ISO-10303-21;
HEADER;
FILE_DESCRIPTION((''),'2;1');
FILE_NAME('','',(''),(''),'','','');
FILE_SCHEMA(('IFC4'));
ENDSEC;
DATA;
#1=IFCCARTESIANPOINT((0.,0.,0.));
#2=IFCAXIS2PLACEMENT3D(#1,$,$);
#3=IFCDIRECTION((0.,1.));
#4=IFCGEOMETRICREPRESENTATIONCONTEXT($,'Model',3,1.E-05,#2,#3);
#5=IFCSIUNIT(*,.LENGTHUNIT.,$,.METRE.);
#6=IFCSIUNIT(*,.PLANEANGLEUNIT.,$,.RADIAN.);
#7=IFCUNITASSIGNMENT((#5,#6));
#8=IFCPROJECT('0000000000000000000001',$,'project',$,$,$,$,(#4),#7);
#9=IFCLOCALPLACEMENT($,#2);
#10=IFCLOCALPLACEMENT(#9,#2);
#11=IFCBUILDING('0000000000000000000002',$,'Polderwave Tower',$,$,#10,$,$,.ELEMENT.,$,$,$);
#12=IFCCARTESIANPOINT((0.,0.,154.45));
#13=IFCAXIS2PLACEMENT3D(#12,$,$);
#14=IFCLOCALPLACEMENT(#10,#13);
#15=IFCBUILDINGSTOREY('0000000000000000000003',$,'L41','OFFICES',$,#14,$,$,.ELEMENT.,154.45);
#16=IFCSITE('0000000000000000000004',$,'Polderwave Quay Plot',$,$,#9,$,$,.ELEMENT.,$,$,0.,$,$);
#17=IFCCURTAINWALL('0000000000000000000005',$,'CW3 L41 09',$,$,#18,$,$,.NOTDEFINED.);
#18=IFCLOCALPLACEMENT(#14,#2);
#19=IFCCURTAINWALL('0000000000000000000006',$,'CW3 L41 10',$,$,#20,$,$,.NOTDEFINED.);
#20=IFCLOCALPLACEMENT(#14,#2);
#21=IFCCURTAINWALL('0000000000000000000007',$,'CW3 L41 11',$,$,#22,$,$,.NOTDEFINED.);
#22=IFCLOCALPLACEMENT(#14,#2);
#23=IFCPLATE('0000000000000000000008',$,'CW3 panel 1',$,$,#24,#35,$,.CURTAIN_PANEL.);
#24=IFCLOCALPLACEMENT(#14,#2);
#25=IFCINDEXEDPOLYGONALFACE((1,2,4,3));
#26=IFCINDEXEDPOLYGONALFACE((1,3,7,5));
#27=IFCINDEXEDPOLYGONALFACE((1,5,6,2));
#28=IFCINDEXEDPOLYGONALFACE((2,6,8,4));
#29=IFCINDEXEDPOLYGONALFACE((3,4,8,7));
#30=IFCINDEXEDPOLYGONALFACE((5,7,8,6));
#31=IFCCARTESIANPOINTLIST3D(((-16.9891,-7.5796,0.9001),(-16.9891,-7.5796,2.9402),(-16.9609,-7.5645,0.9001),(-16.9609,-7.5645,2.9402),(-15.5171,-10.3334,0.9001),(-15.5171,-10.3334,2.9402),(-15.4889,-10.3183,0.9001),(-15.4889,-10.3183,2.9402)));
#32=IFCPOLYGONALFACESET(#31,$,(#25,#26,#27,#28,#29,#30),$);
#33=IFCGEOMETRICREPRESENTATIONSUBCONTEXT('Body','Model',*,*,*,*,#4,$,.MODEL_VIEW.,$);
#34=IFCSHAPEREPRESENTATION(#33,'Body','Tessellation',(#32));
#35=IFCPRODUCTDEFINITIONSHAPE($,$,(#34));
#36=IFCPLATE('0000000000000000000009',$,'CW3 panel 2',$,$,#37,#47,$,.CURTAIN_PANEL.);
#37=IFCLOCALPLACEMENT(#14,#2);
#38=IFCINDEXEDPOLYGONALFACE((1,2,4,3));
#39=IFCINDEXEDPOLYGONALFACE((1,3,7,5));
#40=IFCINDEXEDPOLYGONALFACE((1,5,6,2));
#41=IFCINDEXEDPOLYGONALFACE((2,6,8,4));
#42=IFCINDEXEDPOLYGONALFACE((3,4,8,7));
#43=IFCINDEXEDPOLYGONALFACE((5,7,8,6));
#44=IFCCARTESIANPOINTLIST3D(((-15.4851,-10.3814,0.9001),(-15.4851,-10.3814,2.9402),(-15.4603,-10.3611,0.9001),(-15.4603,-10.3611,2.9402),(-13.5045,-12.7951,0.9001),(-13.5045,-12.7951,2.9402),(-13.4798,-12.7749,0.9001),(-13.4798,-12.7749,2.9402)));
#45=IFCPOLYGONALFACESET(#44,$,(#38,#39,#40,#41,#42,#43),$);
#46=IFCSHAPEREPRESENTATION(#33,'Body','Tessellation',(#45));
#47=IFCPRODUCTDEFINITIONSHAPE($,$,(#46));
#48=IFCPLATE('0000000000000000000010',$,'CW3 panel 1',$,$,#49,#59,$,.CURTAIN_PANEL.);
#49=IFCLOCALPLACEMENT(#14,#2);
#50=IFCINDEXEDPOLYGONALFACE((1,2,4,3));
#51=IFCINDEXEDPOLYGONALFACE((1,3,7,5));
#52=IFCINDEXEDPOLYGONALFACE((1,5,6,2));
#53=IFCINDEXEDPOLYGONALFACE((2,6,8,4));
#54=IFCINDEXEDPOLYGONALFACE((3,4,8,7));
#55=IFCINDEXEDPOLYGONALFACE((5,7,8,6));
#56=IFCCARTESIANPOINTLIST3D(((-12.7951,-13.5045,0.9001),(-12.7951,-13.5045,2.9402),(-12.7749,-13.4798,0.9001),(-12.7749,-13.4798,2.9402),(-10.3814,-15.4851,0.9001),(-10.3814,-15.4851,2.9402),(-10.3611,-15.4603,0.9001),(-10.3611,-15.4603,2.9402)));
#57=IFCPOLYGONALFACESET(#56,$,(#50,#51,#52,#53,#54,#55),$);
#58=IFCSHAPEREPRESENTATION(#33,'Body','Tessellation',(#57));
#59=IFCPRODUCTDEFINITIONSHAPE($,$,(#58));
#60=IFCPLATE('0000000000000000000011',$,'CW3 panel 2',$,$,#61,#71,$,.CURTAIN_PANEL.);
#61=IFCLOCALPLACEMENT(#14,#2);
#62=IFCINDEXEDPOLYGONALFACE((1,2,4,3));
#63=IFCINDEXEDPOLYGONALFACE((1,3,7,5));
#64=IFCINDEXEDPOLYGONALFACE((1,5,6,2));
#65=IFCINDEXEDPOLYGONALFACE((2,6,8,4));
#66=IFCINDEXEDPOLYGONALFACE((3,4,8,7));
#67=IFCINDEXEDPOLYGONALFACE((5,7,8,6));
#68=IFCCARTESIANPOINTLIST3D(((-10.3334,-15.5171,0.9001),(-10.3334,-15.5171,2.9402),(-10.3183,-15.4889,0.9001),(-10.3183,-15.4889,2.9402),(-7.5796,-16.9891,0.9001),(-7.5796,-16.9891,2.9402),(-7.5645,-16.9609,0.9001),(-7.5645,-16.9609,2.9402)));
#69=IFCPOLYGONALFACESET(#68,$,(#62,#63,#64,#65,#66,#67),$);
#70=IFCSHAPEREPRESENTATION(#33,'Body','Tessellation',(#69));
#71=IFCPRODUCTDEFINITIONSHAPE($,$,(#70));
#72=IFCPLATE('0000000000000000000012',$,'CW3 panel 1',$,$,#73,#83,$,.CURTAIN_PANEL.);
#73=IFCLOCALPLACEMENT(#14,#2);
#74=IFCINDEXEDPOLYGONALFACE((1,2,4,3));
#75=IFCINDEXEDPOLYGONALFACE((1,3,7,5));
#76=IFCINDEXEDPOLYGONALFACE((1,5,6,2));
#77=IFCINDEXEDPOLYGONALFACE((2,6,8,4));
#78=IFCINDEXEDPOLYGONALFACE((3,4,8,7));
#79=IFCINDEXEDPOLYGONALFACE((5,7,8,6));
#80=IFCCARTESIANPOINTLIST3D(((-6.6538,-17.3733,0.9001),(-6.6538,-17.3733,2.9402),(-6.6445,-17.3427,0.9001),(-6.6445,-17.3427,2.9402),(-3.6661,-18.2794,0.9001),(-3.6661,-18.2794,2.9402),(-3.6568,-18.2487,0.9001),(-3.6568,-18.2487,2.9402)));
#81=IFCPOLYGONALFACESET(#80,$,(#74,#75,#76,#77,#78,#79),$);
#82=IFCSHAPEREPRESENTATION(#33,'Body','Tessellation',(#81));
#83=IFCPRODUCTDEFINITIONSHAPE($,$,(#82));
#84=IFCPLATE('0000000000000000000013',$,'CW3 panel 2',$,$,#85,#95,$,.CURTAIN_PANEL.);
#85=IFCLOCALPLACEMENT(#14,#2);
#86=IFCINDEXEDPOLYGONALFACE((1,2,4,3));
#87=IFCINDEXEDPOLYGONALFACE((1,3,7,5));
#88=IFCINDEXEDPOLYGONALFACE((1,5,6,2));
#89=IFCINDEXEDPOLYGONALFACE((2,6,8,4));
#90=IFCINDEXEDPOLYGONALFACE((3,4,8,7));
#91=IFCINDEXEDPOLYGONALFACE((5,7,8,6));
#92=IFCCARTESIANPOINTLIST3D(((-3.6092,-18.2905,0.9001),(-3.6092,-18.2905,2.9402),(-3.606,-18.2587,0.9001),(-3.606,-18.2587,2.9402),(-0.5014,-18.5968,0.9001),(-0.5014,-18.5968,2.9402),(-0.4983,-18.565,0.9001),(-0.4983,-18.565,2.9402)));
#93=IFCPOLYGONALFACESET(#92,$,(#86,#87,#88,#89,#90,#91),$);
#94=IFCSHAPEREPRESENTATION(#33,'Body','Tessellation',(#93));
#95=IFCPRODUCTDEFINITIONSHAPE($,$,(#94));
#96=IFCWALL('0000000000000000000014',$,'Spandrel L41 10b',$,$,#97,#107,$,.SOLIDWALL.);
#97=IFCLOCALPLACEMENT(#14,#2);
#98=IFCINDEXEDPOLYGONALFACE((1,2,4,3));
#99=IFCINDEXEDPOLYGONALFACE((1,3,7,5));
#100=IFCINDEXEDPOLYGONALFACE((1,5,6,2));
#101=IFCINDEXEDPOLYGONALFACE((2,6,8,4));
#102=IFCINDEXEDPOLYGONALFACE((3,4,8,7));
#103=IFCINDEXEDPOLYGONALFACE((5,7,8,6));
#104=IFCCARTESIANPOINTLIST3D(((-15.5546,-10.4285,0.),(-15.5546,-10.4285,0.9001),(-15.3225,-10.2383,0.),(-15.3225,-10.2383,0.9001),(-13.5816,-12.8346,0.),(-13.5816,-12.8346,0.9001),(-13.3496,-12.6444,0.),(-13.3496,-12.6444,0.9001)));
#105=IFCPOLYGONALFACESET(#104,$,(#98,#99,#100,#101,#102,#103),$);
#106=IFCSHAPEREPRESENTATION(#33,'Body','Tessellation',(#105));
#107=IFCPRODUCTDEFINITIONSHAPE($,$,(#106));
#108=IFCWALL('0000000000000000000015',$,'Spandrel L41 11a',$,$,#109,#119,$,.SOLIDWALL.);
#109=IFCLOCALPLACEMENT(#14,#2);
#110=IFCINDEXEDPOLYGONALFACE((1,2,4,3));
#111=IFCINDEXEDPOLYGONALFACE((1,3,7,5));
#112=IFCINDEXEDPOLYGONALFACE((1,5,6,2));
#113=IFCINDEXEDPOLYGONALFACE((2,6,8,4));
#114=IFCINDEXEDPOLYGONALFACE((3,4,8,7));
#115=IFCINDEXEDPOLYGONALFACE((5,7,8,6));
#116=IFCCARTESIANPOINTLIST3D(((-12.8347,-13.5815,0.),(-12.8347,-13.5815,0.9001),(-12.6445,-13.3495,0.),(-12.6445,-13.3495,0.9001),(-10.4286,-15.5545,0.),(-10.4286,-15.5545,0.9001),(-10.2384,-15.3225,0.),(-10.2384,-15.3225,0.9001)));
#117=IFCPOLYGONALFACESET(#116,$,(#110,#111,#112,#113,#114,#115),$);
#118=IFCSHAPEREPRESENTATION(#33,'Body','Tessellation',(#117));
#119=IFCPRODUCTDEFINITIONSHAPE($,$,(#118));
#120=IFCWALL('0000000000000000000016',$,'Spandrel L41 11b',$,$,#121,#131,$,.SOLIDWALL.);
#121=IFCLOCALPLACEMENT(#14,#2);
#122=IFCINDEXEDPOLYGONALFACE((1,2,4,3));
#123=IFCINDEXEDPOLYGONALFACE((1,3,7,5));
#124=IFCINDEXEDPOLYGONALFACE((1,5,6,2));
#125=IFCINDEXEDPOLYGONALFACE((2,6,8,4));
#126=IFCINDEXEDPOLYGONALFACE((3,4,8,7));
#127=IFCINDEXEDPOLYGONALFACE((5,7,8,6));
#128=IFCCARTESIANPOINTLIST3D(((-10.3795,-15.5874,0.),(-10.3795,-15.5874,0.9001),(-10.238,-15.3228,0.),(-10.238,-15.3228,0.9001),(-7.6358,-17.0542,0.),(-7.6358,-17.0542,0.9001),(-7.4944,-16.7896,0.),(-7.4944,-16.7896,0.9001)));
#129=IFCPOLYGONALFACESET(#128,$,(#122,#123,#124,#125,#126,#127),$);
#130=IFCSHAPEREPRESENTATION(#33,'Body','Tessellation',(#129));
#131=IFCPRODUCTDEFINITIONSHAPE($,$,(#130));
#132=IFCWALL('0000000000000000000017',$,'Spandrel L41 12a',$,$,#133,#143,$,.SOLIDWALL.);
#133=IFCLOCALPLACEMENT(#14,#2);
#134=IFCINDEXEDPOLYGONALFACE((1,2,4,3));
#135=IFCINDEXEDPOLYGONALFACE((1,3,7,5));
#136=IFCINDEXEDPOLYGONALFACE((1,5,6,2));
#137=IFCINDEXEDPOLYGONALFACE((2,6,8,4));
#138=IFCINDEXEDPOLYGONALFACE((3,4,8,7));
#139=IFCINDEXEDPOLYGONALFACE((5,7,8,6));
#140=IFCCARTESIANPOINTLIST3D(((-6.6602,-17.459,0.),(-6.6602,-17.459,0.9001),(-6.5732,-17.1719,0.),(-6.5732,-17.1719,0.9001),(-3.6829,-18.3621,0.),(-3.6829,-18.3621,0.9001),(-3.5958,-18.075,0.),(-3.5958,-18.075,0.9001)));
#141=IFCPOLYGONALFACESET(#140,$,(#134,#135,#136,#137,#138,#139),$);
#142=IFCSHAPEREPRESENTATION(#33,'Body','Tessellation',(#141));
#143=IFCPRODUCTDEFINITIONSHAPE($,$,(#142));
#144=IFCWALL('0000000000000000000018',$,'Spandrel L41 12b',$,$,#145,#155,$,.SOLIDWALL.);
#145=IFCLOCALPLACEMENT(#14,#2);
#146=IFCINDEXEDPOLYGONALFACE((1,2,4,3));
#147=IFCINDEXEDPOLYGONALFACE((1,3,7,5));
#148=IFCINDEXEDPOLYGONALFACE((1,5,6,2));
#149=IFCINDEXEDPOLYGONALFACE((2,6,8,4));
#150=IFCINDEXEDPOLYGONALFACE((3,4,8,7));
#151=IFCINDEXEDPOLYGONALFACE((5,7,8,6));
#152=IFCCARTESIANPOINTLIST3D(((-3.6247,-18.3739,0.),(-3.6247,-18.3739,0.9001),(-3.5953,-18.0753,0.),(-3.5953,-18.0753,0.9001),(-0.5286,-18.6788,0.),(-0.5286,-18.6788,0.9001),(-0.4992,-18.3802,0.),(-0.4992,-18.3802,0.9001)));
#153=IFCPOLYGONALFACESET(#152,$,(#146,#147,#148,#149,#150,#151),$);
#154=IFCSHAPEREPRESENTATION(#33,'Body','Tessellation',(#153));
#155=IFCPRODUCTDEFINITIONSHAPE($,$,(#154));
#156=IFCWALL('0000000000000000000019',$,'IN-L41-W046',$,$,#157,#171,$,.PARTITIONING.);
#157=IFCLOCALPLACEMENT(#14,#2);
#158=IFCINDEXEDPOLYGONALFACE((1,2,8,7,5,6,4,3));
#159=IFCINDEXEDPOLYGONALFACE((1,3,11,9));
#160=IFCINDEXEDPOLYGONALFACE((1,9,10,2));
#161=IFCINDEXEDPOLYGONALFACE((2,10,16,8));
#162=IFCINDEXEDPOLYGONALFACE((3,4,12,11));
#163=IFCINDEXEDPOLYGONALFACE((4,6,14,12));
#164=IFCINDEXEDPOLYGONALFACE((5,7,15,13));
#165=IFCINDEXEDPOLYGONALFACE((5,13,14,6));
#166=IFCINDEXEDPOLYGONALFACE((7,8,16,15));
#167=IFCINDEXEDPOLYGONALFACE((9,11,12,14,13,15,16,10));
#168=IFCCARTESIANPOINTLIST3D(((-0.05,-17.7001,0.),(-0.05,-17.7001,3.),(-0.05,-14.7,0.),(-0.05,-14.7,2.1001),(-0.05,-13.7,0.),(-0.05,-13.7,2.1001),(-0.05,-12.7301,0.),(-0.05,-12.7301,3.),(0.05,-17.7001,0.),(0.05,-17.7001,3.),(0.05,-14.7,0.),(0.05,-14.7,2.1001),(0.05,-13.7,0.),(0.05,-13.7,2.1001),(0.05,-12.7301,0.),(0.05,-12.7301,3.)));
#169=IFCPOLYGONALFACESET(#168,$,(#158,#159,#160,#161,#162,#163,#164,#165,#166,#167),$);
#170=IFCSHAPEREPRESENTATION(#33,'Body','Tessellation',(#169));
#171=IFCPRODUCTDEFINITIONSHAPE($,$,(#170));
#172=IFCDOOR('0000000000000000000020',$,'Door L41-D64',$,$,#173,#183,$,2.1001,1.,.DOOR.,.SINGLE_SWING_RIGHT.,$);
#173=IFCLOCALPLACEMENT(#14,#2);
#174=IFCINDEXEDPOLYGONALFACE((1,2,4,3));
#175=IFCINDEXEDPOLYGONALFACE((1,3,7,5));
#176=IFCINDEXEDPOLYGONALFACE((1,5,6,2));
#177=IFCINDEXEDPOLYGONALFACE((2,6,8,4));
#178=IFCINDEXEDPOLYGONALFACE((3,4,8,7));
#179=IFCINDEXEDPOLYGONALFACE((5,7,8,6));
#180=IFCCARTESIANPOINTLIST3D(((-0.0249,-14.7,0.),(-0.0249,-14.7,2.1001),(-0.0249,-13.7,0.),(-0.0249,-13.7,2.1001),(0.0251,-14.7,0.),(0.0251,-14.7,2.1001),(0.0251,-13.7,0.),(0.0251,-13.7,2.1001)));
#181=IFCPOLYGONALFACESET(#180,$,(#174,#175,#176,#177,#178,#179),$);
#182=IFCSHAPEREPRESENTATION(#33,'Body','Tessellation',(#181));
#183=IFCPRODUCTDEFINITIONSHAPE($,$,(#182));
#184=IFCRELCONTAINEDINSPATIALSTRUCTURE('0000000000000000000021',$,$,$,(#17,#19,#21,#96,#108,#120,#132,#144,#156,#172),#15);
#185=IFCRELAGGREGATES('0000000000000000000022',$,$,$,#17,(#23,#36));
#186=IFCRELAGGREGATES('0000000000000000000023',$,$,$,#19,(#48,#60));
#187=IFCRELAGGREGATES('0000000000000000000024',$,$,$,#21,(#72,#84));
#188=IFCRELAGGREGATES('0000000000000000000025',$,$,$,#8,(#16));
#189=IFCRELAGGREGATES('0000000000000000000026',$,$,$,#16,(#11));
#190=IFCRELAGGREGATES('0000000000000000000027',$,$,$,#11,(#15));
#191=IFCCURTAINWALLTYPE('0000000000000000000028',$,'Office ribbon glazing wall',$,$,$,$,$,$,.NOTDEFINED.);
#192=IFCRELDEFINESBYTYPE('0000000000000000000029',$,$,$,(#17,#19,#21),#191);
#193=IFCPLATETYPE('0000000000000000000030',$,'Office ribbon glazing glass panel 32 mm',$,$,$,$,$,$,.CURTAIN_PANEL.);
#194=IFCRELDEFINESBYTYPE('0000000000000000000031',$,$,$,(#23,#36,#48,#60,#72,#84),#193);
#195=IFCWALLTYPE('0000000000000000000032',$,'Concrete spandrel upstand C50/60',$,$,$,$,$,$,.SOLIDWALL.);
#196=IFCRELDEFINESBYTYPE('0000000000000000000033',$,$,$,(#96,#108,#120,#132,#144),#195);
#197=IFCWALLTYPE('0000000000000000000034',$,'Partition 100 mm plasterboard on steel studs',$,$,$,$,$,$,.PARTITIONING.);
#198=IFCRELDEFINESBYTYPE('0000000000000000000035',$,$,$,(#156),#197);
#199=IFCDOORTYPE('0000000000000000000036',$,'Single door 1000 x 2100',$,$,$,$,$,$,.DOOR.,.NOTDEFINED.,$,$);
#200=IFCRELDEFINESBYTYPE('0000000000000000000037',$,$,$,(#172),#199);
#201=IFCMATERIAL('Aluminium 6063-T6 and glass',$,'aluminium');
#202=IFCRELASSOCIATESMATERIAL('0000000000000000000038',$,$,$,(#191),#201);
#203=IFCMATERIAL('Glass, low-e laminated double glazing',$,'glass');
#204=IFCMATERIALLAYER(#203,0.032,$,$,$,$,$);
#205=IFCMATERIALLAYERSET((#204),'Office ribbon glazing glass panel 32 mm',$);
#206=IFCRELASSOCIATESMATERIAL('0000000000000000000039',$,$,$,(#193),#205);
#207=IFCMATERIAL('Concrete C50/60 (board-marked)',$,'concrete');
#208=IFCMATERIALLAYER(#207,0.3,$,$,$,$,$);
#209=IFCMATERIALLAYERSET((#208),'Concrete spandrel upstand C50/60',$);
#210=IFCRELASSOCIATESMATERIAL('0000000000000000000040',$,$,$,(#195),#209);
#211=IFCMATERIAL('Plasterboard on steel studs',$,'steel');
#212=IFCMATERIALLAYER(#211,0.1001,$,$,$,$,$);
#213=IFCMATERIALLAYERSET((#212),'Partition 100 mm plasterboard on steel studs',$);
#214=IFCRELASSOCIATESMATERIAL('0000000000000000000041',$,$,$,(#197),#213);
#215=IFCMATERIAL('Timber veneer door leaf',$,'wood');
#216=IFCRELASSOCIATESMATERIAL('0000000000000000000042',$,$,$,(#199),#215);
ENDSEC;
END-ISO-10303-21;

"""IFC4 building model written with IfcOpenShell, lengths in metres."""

from ifc_helpers import new_model, si_unit, direction, frame, frame_2d, origin, origin_2d, place, context, subcontext, project, spatial, rectangle, extrude, material, layer, layer_set, type_object, element, fill, aggregate, save


model = new_model("IFC4")

# Units and contexts
model_context = context("Model", 3, precision=1e-05, world=origin(), true_north=direction((0.0, 1.0)))
body_context = subcontext(model_context, "Body", "Model", "MODEL_VIEW")
ifc_project = project(units=[si_unit("LENGTHUNIT", "METRE"), si_unit("PLANEANGLEUNIT", "RADIAN")], contexts=[model_context])

# Site, building, storey
site_placement = place(None, origin())
site = spatial("IfcSite", under=ifc_project, at=site_placement, Name="Polderwave Quay Plot", CompositionType="ELEMENT", RefElevation=0.0)
building_placement = place(site_placement, origin())
building = spatial("IfcBuilding", under=site, at=building_placement, Name="Polderwave Tower", CompositionType="ELEMENT")
storey_placement = place(building_placement, frame((0.0, 0.0, 154.45)))
storey = spatial("IfcBuildingStorey", under=building, at=storey_placement, Name="L41", Description="OFFICES", CompositionType="ELEMENT", Elevation=154.45)

# Curtain walls
ifc_material_1 = material(Name="Aluminium 6063-T6 and glass", Category="aluminium")
curtain_wall_type = type_object("IfcCurtainWallType", Name="Office ribbon glazing wall", PredefinedType="NOTDEFINED", material=ifc_material_1)
curtain_wall_1_placement = place(storey_placement, origin())
curtain_wall_1 = element("IfcCurtainWall", 1, at=curtain_wall_1_placement, inside=storey, type_object=curtain_wall_type, Name="CW3 L41 09", PredefinedType="NOTDEFINED")
curtain_wall_2_placement = place(storey_placement, origin())
curtain_wall_2 = element("IfcCurtainWall", 2, at=curtain_wall_2_placement, inside=storey, type_object=curtain_wall_type, Name="CW3 L41 10", PredefinedType="NOTDEFINED")
curtain_wall_3_placement = place(storey_placement, origin())
curtain_wall_3 = element("IfcCurtainWall", 3, at=curtain_wall_3_placement, inside=storey, type_object=curtain_wall_type, Name="CW3 L41 11", PredefinedType="NOTDEFINED")

# Plates
ifc_material_2 = material(Name="Glass, low-e laminated double glazing", Category="glass")
ifc_layer_1 = layer(ifc_material_2, 0.032)
ifc_layer_set_1 = layer_set([ifc_layer_1], Name="Office ribbon glazing glass panel 32 mm")
plate_type = type_object("IfcPlateType", Name="Office ribbon glazing glass panel 32 mm", PredefinedType="CURTAIN_PANEL", material=ifc_layer_set_1)
plate_1_placement = place(storey_placement, frame((-16.239, -8.949, 0.9001), z_axis=(0.0, 0.0, 1.0), x_axis=(0.471429, -0.881904, 0.0)))
plate_1 = element("IfcPlate", 4, at=plate_1_placement, type_object=plate_type, Name="CW3 panel 1", PredefinedType="CURTAIN_PANEL", context=body_context, shape_type="SweptSolid", body=[
    extrude(rectangle(XDim=3.1226, YDim=0.032, at=origin_2d()), origin(), (0.0, 0.0, 1.0), 2.04),
])
plate_2_placement = place(storey_placement, frame((-14.4824, -11.5781, 0.9001), z_axis=(0.0, 0.0, 1.0), x_axis=(0.634326, -0.773066, 0.0)))
plate_2 = element("IfcPlate", 5, at=plate_2_placement, type_object=plate_type, Name="CW3 panel 2", PredefinedType="CURTAIN_PANEL", context=body_context, shape_type="SweptSolid", body=[
    extrude(rectangle(XDim=3.1223, YDim=0.032, at=origin_2d()), origin(), (0.0, 0.0, 1.0), 2.04),
])
aggregate(curtain_wall_1, [plate_1, plate_2])
plate_3_placement = place(storey_placement, frame((-11.5781, -14.4824, 0.9001), z_axis=(0.0, 0.0, 1.0), x_axis=(0.773066, -0.634326, 0.0)))
plate_3 = element("IfcPlate", 6, at=plate_3_placement, type_object=plate_type, Name="CW3 panel 1", PredefinedType="CURTAIN_PANEL", context=body_context, shape_type="SweptSolid", body=[
    extrude(rectangle(XDim=3.1223, YDim=0.032, at=origin_2d()), origin(), (0.0, 0.0, 1.0), 2.04),
])
plate_4_placement = place(storey_placement, frame((-8.949, -16.239, 0.9001), z_axis=(0.0, 0.0, 1.0), x_axis=(0.881904, -0.471429, 0.0)))
plate_4 = element("IfcPlate", 7, at=plate_4_placement, type_object=plate_type, Name="CW3 panel 2", PredefinedType="CURTAIN_PANEL", context=body_context, shape_type="SweptSolid", body=[
    extrude(rectangle(XDim=3.1226, YDim=0.032, at=origin_2d()), origin(), (0.0, 0.0, 1.0), 2.04),
])
aggregate(curtain_wall_2, [plate_3, plate_4])
plate_5_placement = place(storey_placement, frame((-5.1553, -17.811, 0.9001), z_axis=(0.0, 0.0, 1.0), x_axis=(0.956966, -0.290201, 0.0)))
plate_5 = element("IfcPlate", 8, at=plate_5_placement, type_object=plate_type, Name="CW3 panel 1", PredefinedType="CURTAIN_PANEL", context=body_context, shape_type="SweptSolid", body=[
    extrude(rectangle(XDim=3.1221, YDim=0.032, at=origin_2d()), origin(), (0.0, 0.0, 1.0), 2.04),
])
plate_6_placement = place(storey_placement, frame((-2.0537, -18.4277, 0.9001), z_axis=(0.0, 0.0, 1.0), x_axis=(0.995178, -0.09809, 0.0)))
plate_6 = element("IfcPlate", 9, at=plate_6_placement, type_object=plate_type, Name="CW3 panel 2", PredefinedType="CURTAIN_PANEL", context=body_context, shape_type="SweptSolid", body=[
    extrude(rectangle(XDim=3.1228, YDim=0.032, at=origin_2d()), origin(), (0.0, 0.0, 1.0), 2.04),
])
aggregate(curtain_wall_3, [plate_5, plate_6])

# Walls
ifc_material_3 = material(Name="Concrete C50/60 (board-marked)", Category="concrete")
ifc_layer_2 = layer(ifc_material_3, 0.3)
ifc_layer_set_2 = layer_set([ifc_layer_2], Name="Concrete spandrel upstand C50/60")
wall_type_1 = type_object("IfcWallType", Name="Concrete spandrel upstand C50/60", PredefinedType="SOLIDWALL", material=ifc_layer_set_2)
for number, where, z_axis, x_axis, name in (
    (10, (-15.4385, -10.3335, 0.0), (0.0, 0.0, 1.0), (0.634075, -0.773272, 0.0), "Spandrel L41 10b"),
    (11, (-12.7395, -13.4656, 0.0), (0.0, 0.0, 1.0), (0.773272, -0.634075, 0.0), "Spandrel L41 11a"),
):
    element("IfcWall", number, at=place(storey_placement, frame(where, z_axis=z_axis, x_axis=x_axis)), inside=storey, type_object=wall_type_1, Name=name, PredefinedType="SOLIDWALL", context=body_context, shape_type="SweptSolid", body=[
        extrude(rectangle(XDim=3.1116, YDim=0.3, at=frame_2d((1.5557, 0.0))), origin(), (0.0, 0.0, 1.0), 0.9001),
    ])
wall_1_placement = place(storey_placement, frame((-10.3088, -15.4551, 0.0), z_axis=(0.0, 0.0, 1.0), x_axis=(0.881883, -0.471468, 0.0)))
element("IfcWall", 12, at=wall_1_placement, inside=storey, type_object=wall_type_1, Name="Spandrel L41 11b", PredefinedType="SOLIDWALL", context=body_context, shape_type="SweptSolid", body=[
    extrude(rectangle(XDim=3.1111, YDim=0.3, at=frame_2d((1.5557, 0.0))), origin(), (0.0, 0.0, 1.0), 0.9001),
])
wall_2_placement = place(storey_placement, frame((-6.6167, -17.3154, 0.0), z_axis=(0.0, 0.0, 1.0), x_axis=(0.956947, -0.290262, 0.0)))
element("IfcWall", 13, at=wall_2_placement, inside=storey, type_object=wall_type_1, Name="Spandrel L41 12a", PredefinedType="SOLIDWALL", context=body_context, shape_type="SweptSolid", body=[
    extrude(rectangle(XDim=3.1113, YDim=0.3, at=frame_2d((1.5557, 0.0))), origin(), (0.0, 0.0, 1.0), 0.9001),
])
wall_3_placement = place(storey_placement, frame((-3.6101, -18.2246, 0.0), z_axis=(0.0, 0.0, 1.0), x_axis=(0.995185, -0.098012, 0.0)))
element("IfcWall", 14, at=wall_3_placement, inside=storey, type_object=wall_type_1, Name="Spandrel L41 12b", PredefinedType="SOLIDWALL", context=body_context, shape_type="SweptSolid", body=[
    extrude(rectangle(XDim=3.1111, YDim=0.3, at=frame_2d((1.5557, 0.0))), origin(), (0.0, 0.0, 1.0), 0.9001),
])

# Wall, opening, door
ifc_material_4 = material(Name="Plasterboard on steel studs", Category="steel")
ifc_layer_3 = layer(ifc_material_4, 0.1001)
ifc_layer_set_3 = layer_set([ifc_layer_3], Name="Partition 100 mm plasterboard on steel studs")
wall_type_2 = type_object("IfcWallType", Name="Partition 100 mm plasterboard on steel studs", PredefinedType="PARTITIONING", material=ifc_layer_set_3)
wall_4_placement = place(storey_placement, frame((0.0, -17.7, 0.0), z_axis=(0.0, 0.0, 1.0), x_axis=(0.0, 1.0, 0.0)))
wall_4 = element("IfcWall", 15, at=wall_4_placement, inside=storey, type_object=wall_type_2, Name="IN-L41-W046", PredefinedType="PARTITIONING", context=body_context, shape_type="SweptSolid", body=[
    extrude(rectangle(XDim=4.97, YDim=0.1001, at=frame_2d((2.4849, 0.0))), origin(), (0.0, 0.0, 1.0), 3.0),
])
opening_1_placement = place(wall_4_placement, frame((3.0, 0.0, 0.0)))
opening_1 = element("IfcOpeningElement", 16, at=opening_1_placement, cuts=wall_4, PredefinedType="OPENING", context=body_context, shape_type="SweptSolid", body=[
    extrude(rectangle(XDim=1.0, YDim=2.1001, at=frame_2d((0.5, 1.05))), frame((0.0, 0.0601, 0.0), z_axis=(0.0, -1.0, 0.0), x_axis=(1.0, 0.0, 0.0)), (0.0, 0.0, 1.0), 0.1201),
])
ifc_material_5 = material(Name="Timber veneer door leaf", Category="wood")
door_type = type_object("IfcDoorType", Name="Single door 1000 x 2100", OperationType="NOTDEFINED", PredefinedType="DOOR", material=ifc_material_5)
door_1_placement = place(opening_1_placement, origin())
door_1 = element("IfcDoor", 17, at=door_1_placement, inside=storey, type_object=door_type, Name="Door L41-D64", OperationType="SINGLE_SWING_RIGHT", OverallHeight=2.1001, OverallWidth=1.0, PredefinedType="DOOR", context=body_context, shape_type="SweptSolid", body=[
    extrude(rectangle(XDim=1.0, YDim=2.1001, at=frame_2d((0.5, 1.05))), frame((0.0, 0.0249, 0.0), z_axis=(0.0, -1.0, 0.0), x_axis=(1.0, 0.0, 0.0)), (0.0, 0.0, 1.0), 0.05),
])
fill(opening_1, door_1)

save(model, "model.ifc")
